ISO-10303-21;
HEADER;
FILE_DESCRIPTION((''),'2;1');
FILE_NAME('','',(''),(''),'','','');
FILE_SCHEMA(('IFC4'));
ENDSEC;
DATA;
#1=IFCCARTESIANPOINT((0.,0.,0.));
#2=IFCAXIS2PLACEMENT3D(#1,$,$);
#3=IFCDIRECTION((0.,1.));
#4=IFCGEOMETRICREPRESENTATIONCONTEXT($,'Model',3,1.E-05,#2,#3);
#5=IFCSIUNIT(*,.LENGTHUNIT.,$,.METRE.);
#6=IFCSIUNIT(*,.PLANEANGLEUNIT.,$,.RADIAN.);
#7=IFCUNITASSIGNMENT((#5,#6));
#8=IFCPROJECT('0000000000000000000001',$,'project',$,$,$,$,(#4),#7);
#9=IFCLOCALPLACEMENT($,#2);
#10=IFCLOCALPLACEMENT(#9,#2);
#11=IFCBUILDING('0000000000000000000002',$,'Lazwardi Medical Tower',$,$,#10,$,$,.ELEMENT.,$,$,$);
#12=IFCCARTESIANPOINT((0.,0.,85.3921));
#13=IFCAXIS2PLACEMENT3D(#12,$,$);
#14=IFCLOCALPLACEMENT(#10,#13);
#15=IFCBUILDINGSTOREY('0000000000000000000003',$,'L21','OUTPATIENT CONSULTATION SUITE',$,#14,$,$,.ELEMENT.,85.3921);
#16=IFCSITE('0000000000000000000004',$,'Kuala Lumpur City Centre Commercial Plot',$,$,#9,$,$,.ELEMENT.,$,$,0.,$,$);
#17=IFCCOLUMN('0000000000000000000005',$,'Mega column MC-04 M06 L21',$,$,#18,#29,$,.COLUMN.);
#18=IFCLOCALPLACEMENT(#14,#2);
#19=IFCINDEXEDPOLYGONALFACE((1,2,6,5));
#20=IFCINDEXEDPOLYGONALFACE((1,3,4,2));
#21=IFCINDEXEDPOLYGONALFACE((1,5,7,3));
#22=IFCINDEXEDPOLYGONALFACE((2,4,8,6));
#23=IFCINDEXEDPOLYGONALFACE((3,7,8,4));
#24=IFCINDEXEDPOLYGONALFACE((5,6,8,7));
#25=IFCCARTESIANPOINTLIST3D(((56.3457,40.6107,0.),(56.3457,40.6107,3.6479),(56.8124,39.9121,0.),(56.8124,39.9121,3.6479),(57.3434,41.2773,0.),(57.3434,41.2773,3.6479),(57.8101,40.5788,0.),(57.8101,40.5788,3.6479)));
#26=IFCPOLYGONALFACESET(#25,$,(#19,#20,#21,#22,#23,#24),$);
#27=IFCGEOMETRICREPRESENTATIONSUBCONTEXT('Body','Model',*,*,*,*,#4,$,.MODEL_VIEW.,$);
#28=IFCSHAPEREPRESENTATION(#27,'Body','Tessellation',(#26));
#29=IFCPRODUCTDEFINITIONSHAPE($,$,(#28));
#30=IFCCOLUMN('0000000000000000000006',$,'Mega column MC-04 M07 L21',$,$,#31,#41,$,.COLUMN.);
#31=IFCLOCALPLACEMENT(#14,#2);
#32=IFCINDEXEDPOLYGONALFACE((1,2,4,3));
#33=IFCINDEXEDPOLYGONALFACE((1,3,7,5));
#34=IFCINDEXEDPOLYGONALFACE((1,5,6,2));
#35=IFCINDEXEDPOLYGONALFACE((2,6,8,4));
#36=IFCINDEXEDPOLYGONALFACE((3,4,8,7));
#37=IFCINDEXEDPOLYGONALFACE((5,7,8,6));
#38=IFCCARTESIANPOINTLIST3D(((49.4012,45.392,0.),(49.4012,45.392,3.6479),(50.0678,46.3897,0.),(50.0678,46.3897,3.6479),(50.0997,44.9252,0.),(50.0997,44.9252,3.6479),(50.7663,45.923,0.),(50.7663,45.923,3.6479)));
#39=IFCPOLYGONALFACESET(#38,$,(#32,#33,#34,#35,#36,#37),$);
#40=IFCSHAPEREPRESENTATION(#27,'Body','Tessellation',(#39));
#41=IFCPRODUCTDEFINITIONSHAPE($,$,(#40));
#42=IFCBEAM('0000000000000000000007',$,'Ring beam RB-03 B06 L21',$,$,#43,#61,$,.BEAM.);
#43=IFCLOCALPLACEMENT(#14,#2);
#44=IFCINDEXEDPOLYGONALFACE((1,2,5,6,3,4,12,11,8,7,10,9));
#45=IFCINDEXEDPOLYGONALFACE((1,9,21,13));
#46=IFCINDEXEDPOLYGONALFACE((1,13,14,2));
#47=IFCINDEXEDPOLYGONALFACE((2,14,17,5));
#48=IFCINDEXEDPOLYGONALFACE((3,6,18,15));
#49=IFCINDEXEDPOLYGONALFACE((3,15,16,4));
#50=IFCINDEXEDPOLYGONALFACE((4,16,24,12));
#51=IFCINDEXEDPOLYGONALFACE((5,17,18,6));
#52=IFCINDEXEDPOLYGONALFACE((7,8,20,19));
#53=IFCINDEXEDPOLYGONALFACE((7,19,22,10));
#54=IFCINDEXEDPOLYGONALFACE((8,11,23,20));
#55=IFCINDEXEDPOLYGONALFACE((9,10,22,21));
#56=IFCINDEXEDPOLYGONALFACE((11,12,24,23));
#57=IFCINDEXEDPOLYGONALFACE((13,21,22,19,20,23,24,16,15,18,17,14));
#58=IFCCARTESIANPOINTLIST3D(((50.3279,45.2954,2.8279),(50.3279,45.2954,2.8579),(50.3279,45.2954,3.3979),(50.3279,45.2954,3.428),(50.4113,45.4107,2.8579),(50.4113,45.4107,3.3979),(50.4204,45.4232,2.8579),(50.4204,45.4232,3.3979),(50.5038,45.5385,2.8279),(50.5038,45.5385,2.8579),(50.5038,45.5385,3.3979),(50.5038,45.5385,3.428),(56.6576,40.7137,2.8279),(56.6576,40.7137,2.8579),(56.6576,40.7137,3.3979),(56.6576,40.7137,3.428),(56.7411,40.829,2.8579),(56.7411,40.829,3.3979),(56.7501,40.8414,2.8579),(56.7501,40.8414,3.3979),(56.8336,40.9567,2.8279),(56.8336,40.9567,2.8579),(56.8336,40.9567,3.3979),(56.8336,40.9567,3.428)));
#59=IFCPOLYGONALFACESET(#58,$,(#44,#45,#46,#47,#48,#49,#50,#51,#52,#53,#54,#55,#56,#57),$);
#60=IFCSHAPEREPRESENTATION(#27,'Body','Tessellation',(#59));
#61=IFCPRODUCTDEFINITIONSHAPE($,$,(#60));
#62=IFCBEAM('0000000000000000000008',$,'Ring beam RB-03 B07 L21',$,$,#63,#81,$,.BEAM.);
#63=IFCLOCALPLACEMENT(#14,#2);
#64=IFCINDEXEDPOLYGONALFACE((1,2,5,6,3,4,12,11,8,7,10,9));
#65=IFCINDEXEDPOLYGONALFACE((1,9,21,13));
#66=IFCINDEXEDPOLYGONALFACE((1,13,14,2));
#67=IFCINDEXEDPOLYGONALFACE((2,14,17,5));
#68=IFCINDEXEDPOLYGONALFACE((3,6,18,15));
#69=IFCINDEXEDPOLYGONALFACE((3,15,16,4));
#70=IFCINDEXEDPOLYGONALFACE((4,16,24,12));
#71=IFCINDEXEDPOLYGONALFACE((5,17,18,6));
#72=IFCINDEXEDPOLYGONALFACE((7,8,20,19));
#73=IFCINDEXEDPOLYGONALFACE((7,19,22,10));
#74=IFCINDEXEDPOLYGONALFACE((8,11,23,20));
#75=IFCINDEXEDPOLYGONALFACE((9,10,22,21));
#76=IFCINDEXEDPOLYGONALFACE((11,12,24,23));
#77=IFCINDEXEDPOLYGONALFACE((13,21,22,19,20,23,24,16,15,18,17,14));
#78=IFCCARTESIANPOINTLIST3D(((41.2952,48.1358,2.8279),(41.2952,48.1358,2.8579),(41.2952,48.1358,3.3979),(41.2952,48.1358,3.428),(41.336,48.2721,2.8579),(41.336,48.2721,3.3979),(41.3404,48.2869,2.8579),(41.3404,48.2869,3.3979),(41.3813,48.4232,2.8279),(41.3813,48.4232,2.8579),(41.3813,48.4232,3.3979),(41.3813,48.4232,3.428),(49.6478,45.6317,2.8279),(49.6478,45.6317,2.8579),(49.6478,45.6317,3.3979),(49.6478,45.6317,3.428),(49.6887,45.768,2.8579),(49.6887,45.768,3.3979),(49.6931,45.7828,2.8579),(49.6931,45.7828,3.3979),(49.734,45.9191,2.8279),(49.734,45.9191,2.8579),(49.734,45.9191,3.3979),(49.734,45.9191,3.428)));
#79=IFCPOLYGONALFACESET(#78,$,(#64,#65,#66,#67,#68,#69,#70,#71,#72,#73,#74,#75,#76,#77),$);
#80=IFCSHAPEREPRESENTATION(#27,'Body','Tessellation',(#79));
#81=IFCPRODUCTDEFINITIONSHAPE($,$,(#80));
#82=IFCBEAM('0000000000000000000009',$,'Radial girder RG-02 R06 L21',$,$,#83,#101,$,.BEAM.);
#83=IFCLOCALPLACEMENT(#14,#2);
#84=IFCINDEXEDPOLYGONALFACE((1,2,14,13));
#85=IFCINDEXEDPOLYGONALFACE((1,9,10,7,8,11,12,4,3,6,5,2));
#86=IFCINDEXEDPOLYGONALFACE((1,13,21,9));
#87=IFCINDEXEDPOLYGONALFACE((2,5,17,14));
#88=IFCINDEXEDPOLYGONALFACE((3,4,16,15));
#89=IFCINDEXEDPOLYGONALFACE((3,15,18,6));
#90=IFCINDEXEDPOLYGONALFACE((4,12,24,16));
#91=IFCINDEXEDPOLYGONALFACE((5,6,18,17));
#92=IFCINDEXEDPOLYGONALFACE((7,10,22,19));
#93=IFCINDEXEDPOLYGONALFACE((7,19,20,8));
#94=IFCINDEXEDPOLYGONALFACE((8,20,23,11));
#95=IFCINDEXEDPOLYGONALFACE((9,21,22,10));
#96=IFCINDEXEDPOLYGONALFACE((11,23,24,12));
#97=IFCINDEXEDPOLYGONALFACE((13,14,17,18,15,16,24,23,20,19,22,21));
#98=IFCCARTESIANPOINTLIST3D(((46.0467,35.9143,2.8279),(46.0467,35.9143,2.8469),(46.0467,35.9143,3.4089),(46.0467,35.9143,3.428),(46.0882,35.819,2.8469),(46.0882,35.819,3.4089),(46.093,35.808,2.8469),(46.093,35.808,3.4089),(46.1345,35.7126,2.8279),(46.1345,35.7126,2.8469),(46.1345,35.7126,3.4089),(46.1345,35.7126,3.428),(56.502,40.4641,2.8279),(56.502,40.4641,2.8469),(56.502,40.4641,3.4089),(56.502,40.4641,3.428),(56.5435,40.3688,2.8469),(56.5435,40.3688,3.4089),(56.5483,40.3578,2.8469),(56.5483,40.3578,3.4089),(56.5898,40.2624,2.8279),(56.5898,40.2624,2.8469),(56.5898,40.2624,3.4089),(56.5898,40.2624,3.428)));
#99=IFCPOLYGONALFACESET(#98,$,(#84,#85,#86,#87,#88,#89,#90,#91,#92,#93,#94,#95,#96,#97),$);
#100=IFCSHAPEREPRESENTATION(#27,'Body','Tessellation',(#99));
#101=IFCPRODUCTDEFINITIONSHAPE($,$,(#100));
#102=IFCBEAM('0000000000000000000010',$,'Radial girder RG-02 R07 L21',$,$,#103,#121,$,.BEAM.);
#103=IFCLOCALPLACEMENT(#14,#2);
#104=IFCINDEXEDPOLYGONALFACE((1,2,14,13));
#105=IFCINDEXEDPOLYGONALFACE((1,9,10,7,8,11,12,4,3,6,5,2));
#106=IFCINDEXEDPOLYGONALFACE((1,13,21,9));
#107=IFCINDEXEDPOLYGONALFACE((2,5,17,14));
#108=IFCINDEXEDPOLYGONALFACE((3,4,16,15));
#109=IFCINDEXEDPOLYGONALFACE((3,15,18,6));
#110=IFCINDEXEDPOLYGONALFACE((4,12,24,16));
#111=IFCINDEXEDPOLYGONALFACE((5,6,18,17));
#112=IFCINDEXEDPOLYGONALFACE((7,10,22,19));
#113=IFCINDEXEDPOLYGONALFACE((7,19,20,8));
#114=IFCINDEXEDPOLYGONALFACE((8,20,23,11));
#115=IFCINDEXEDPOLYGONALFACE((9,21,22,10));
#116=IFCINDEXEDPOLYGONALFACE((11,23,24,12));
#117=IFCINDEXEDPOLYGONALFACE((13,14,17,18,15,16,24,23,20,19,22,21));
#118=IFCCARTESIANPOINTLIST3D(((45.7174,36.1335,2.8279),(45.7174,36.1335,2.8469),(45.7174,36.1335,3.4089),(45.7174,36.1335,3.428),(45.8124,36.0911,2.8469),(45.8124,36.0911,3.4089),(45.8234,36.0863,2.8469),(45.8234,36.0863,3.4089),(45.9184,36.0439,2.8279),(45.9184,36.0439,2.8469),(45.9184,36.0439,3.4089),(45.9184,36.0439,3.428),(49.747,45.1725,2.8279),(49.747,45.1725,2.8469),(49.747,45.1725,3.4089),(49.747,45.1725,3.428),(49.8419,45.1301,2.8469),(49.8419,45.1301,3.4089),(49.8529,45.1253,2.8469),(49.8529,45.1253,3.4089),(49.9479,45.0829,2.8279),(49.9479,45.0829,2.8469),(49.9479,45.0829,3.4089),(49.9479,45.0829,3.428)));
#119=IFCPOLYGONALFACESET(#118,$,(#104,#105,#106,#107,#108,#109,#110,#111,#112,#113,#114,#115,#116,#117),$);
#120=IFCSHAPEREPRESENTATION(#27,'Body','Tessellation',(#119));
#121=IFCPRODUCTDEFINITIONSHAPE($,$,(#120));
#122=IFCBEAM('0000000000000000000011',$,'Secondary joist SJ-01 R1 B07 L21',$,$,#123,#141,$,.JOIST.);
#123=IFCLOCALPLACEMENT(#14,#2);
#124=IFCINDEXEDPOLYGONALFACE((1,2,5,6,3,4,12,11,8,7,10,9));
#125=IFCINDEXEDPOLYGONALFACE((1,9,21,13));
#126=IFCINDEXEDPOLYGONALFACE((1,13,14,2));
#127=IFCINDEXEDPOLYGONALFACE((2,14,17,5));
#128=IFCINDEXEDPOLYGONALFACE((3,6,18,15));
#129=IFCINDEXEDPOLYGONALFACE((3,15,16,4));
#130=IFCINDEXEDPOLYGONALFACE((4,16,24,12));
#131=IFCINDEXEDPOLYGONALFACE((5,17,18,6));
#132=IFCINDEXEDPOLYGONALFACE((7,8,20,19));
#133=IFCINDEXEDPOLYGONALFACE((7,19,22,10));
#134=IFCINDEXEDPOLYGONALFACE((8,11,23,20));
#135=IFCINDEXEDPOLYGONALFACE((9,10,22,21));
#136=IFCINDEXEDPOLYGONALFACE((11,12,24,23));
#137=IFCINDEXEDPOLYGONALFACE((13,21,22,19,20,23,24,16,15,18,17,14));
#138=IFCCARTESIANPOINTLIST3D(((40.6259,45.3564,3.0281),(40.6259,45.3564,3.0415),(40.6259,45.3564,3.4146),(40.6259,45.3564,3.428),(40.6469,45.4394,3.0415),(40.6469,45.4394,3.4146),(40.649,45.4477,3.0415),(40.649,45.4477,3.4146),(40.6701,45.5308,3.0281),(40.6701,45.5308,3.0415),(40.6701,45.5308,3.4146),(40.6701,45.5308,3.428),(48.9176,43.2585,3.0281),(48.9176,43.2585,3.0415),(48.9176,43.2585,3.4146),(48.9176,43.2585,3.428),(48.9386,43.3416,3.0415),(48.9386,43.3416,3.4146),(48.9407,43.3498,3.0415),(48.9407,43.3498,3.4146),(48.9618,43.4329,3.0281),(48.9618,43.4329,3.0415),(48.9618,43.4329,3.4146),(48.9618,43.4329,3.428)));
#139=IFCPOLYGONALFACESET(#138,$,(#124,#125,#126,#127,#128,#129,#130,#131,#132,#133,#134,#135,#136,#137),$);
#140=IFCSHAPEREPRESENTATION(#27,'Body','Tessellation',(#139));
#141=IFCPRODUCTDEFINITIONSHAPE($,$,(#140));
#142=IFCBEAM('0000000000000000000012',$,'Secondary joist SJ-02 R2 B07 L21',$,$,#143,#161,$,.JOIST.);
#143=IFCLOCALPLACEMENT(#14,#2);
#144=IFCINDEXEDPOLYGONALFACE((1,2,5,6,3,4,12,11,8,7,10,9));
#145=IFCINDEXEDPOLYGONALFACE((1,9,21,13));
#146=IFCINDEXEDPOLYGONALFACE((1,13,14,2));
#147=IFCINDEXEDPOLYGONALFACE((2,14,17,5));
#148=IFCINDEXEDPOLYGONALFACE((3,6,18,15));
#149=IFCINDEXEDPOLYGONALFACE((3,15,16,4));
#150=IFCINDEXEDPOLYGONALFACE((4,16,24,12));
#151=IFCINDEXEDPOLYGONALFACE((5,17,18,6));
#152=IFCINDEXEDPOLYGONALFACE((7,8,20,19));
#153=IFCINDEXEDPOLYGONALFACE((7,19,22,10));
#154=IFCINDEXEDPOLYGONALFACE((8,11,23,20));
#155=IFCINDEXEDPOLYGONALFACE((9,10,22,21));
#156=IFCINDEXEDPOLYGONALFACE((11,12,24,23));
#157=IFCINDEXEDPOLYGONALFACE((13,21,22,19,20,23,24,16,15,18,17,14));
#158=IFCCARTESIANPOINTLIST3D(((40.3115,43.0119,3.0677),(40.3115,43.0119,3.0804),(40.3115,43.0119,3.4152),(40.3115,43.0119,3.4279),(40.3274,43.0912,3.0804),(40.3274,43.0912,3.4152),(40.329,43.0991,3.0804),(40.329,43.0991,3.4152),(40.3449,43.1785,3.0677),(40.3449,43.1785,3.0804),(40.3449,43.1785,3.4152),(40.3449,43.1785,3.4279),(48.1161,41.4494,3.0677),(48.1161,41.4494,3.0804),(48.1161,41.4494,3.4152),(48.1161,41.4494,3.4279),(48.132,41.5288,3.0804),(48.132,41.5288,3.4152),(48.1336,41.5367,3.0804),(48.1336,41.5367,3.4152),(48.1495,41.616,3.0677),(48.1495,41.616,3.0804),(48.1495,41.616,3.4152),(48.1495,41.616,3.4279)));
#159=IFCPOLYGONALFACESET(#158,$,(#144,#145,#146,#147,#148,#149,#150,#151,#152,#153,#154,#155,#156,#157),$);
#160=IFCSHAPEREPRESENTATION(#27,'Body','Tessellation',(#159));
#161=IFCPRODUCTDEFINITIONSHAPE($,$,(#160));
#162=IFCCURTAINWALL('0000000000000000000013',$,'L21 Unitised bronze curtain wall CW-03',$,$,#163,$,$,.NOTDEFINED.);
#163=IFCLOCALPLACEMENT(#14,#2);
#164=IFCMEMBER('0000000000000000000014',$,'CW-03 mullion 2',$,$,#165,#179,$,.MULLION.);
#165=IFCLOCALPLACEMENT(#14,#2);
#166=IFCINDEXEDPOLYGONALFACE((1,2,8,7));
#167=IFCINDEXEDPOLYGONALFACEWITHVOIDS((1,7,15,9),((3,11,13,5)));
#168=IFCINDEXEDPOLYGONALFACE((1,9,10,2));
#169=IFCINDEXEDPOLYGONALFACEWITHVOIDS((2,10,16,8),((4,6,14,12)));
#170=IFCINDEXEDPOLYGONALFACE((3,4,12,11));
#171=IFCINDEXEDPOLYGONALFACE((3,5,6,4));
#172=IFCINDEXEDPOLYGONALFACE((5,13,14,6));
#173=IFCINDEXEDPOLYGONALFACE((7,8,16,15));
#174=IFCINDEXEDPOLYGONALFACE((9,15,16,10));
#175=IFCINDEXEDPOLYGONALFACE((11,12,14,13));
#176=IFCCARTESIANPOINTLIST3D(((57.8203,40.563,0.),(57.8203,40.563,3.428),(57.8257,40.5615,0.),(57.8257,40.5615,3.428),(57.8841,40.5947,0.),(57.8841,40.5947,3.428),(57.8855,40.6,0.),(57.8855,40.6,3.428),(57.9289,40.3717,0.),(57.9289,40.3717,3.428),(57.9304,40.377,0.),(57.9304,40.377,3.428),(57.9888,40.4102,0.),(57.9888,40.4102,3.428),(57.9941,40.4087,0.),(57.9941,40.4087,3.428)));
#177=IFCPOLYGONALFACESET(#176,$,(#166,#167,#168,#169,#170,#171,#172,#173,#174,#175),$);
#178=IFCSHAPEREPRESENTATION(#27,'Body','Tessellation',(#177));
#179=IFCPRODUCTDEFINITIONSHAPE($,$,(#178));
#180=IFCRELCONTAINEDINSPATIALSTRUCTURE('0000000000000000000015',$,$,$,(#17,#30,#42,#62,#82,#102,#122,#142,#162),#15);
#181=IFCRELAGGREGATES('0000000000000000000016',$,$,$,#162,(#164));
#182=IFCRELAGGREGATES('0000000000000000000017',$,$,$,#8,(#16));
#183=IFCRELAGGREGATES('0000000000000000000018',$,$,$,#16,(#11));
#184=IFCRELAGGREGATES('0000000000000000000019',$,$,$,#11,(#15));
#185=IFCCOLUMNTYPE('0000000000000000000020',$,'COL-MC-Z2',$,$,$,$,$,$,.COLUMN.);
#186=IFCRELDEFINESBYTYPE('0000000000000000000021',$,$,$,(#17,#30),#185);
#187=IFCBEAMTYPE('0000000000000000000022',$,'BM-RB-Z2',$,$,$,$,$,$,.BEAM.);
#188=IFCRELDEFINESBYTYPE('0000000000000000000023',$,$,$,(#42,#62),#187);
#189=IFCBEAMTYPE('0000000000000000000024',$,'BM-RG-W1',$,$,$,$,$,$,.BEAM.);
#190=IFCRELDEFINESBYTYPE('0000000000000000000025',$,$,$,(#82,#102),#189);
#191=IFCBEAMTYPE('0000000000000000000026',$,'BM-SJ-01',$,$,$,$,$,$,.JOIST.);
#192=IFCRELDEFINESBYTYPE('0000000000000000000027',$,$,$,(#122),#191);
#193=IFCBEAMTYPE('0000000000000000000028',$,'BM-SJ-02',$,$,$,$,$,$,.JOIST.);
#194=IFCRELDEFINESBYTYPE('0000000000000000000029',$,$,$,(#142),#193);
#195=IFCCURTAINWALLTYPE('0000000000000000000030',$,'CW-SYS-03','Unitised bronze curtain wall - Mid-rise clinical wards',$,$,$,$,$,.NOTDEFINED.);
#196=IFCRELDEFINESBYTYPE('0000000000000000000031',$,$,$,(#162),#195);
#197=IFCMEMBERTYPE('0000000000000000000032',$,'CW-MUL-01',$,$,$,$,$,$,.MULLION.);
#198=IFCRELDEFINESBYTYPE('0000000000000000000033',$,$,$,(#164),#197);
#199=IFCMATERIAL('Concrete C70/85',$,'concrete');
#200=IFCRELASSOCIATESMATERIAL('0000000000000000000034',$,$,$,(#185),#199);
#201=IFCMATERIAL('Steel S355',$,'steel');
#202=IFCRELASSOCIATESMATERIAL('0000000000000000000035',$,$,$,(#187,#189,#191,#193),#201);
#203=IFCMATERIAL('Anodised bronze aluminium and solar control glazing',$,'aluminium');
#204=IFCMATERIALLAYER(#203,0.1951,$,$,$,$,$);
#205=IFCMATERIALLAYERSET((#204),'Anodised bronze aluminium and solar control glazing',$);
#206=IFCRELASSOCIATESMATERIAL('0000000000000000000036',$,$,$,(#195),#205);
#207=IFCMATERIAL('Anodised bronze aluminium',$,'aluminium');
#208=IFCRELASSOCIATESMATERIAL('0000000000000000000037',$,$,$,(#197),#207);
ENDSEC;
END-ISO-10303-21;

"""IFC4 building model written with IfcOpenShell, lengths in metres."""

from ifc_helpers import new_model, si_unit, direction, frame, origin, origin_2d, place, context, subcontext, project, spatial, rectangle, hollow_rectangle, i_section, extrude, material, layer, layer_set, material_profile, profile_set, type_object, element, aggregate, save


model = new_model("IFC4")

# Units and contexts
model_context = context("Model", 3, precision=1e-05, world=origin(), true_north=direction((0.0, 1.0)))
body_context = subcontext(model_context, "Body", "Model", "MODEL_VIEW")
ifc_project = project(units=[si_unit("LENGTHUNIT", "METRE"), si_unit("PLANEANGLEUNIT", "RADIAN")], contexts=[model_context])

# Site, building, storey
site_placement = place(None, origin())
site = spatial("IfcSite", under=ifc_project, at=site_placement, Name="Kuala Lumpur City Centre Commercial Plot", CompositionType="ELEMENT", RefElevation=0.0)
building_placement = place(site_placement, origin())
building = spatial("IfcBuilding", under=site, at=building_placement, Name="Lazwardi Medical Tower", CompositionType="ELEMENT")
storey_placement = place(building_placement, frame((0.0, 0.0, 85.3921)))
storey = spatial("IfcBuildingStorey", under=building, at=storey_placement, Name="L21", Description="OUTPATIENT CONSULTATION SUITE", CompositionType="ELEMENT", Elevation=85.3921)

# Columns
ifc_material_1 = material(Name="Concrete C70/85", Category="concrete")
ifc_material_profile_1 = material_profile(ifc_material_1, rectangle(XDim=1.2, YDim=0.8401, at=origin_2d()), Name="CFT-RECT 1200x840")
ifc_profile_set_1 = profile_set([ifc_material_profile_1], Name="Concrete C70/85")
column_type = type_object("IfcColumnType", Name="COL-MC-Z2", PredefinedType="COLUMN", material=ifc_profile_set_1)
for number, where, z_axis, x_axis, name in (
    (1, (57.0779, 40.5947, 0.0), (0.0, 0.0, 1.0), (0.83147, 0.55557, 0.0), "Mega column MC-04 M06 L21"),
    (2, (50.0837, 45.6575, 0.0), (0.0, 0.0, 1.0), (0.55557, 0.83147, 0.0), "Mega column MC-04 M07 L21"),
):
    element("IfcColumn", number, at=place(storey_placement, frame(where, z_axis=z_axis, x_axis=x_axis)), inside=storey, type_object=column_type, Name=name, PredefinedType="COLUMN", context=body_context, shape_type="SweptSolid", body=[
        extrude(rectangle(XDim=1.2, YDim=0.8401, at=origin_2d()), origin(), (0.0, 0.0, 1.0), 3.6479),
    ])

# Beams
ifc_material_2 = material(Name="Steel S355", Category="steel")
ifc_material_profile_2 = material_profile(ifc_material_2, i_section(OverallWidth=0.3, OverallDepth=0.6001, WebThickness=0.0154, FlangeThickness=0.03, at=origin_2d()), Name="HEB 600")
ifc_profile_set_2 = profile_set([ifc_material_profile_2], Name="Steel S355")
beam_type_1 = type_object("IfcBeamType", Name="BM-RB-Z2", PredefinedType="BEAM", material=ifc_profile_set_2)
beam_1_placement = place(storey_placement, frame((56.7456, 40.8352, 3.1279), z_axis=(-0.810057, 0.586351, 0.0), x_axis=(-0.586351, -0.810057, 0.0)))
element("IfcBeam", 3, at=beam_1_placement, inside=storey, type_object=beam_type_1, Name="Ring beam RB-03 B06 L21", PredefinedType="BEAM", context=body_context, shape_type="SweptSolid", body=[
    extrude(i_section(OverallWidth=0.3, OverallDepth=0.6001, WebThickness=0.0154, FlangeThickness=0.03, at=origin_2d()), origin(), (0.0, 0.0, 1.0), 7.814),
])
beam_2_placement = place(storey_placement, frame((49.6909, 45.7754, 3.1279), z_axis=(-0.957879, 0.287171, 0.0), x_axis=(-0.287171, -0.957879, 0.0)))
element("IfcBeam", 4, at=beam_2_placement, inside=storey, type_object=beam_type_1, Name="Ring beam RB-03 B07 L21", PredefinedType="BEAM", context=body_context, shape_type="SweptSolid", body=[
    extrude(i_section(OverallWidth=0.3, OverallDepth=0.6001, WebThickness=0.0154, FlangeThickness=0.03, at=origin_2d()), origin(), (0.0, 0.0, 1.0), 8.72),
])
ifc_material_profile_3 = material_profile(ifc_material_2, i_section(OverallWidth=0.22, OverallDepth=0.6001, WebThickness=0.012, FlangeThickness=0.019, at=origin_2d()), Name="IPE 600")
ifc_profile_set_3 = profile_set([ifc_material_profile_3], Name="Steel S355")
beam_type_2 = type_object("IfcBeamType", Name="BM-RG-W1", PredefinedType="BEAM", material=ifc_profile_set_3)
beam_3_placement = place(storey_placement, frame((56.5459, 40.3633, 3.1279), z_axis=(-0.916941, -0.399022, 0.0), x_axis=(0.399022, -0.916941, 0.0)))
element("IfcBeam", 5, at=beam_3_placement, inside=storey, type_object=beam_type_2, Name="Radial girder RG-02 R06 L21", PredefinedType="BEAM", context=body_context, shape_type="SweptSolid", body=[
    extrude(i_section(OverallWidth=0.22, OverallDepth=0.6001, WebThickness=0.012, FlangeThickness=0.019, at=origin_2d()), origin(), (0.0, 0.0, 1.0), 11.4023),
])
beam_4_placement = place(storey_placement, frame((49.8474, 45.1277, 3.1279), z_axis=(-0.407166, -0.913354, 0.0), x_axis=(0.913354, -0.407166, 0.0)))
element("IfcBeam", 6, at=beam_4_placement, inside=storey, type_object=beam_type_2, Name="Radial girder RG-02 R07 L21", PredefinedType="BEAM", context=body_context, shape_type="SweptSolid", body=[
    extrude(i_section(OverallWidth=0.22, OverallDepth=0.6001, WebThickness=0.012, FlangeThickness=0.019, at=origin_2d()), origin(), (0.0, 0.0, 1.0), 9.8965),
])
ifc_material_profile_4 = material_profile(ifc_material_2, i_section(OverallWidth=0.1799, OverallDepth=0.3999, WebThickness=0.0085, FlangeThickness=0.0134, at=origin_2d()), Name="IPE 400")
ifc_profile_set_4 = profile_set([ifc_material_profile_4], Name="Steel S355")
beam_type_3 = type_object("IfcBeamType", Name="BM-SJ-01", PredefinedType="JOIST", material=ifc_profile_set_4)
beam_5_placement = place(storey_placement, frame((48.9397, 43.3457, 3.228), z_axis=(-0.969452, 0.245282, 0.0), x_axis=(-0.245282, -0.969452, 0.0)))
element("IfcBeam", 7, at=beam_5_placement, inside=storey, type_object=beam_type_3, Name="Secondary joist SJ-01 R1 B07 L21", PredefinedType="JOIST", context=body_context, shape_type="SweptSolid", body=[
    extrude(i_section(OverallWidth=0.1799, OverallDepth=0.3999, WebThickness=0.0085, FlangeThickness=0.0134, at=origin_2d()), origin(), (0.0, 0.0, 1.0), 8.553),
])
ifc_material_profile_5 = material_profile(ifc_material_2, i_section(OverallWidth=0.1699, OverallDepth=0.3601, WebThickness=0.0081, FlangeThickness=0.0127, at=origin_2d()), Name="IPE 360")
ifc_profile_set_5 = profile_set([ifc_material_profile_5], Name="Steel S355")
beam_type_4 = type_object("IfcBeamType", Name="BM-SJ-02", PredefinedType="JOIST", material=ifc_profile_set_5)
beam_6_placement = place(storey_placement, frame((48.1328, 41.5327, 3.2478), z_axis=(-0.980543, 0.196305, 0.0), x_axis=(-0.196305, -0.980543, 0.0)))
element("IfcBeam", 8, at=beam_6_placement, inside=storey, type_object=beam_type_4, Name="Secondary joist SJ-02 R2 B07 L21", PredefinedType="JOIST", context=body_context, shape_type="SweptSolid", body=[
    extrude(i_section(OverallWidth=0.1699, OverallDepth=0.3601, WebThickness=0.0081, FlangeThickness=0.0127, at=origin_2d()), origin(), (0.0, 0.0, 1.0), 7.9595),
])

# Curtain wall, member
ifc_material_3 = material(Name="Anodised bronze aluminium and solar control glazing", Category="aluminium")
ifc_layer_1 = layer(ifc_material_3, 0.1951)
ifc_layer_set_1 = layer_set([ifc_layer_1], Name="Anodised bronze aluminium and solar control glazing")
curtain_wall_type = type_object("IfcCurtainWallType", Name="CW-SYS-03", Description="Unitised bronze curtain wall - Mid-rise clinical wards", PredefinedType="NOTDEFINED", material=ifc_layer_set_1)
curtain_wall_1_placement = place(storey_placement, origin())
curtain_wall_1 = element("IfcCurtainWall", 9, at=curtain_wall_1_placement, inside=storey, type_object=curtain_wall_type, Name="L21 Unitised bronze curtain wall CW-03", PredefinedType="NOTDEFINED")
ifc_material_4 = material(Name="Anodised bronze aluminium", Category="aluminium")
ifc_material_profile_6 = material_profile(ifc_material_4, hollow_rectangle(XDim=0.075, YDim=0.22, WallThickness=0.0039, at=origin_2d()), Name="ALU-MULLION 220x75x4")
ifc_profile_set_6 = profile_set([ifc_material_profile_6], Name="Anodised bronze aluminium")
member_type_1 = type_object("IfcMemberType", Name="CW-MUL-01", PredefinedType="MULLION", material=ifc_profile_set_6)
member_1_placement = place(storey_placement, frame((57.9072, 40.4858, 0.0), z_axis=(0.0, 0.0, 1.0), x_axis=(-0.869687, -0.493603, 0.0)))
member_1 = element("IfcMember", 10, at=member_1_placement, type_object=member_type_1, Name="CW-03 mullion 2", PredefinedType="MULLION", context=body_context, shape_type="SweptSolid", body=[
    extrude(hollow_rectangle(XDim=0.075, YDim=0.22, WallThickness=0.0039, at=origin_2d()), origin(), (0.0, 0.0, 1.0), 3.428),
])
aggregate(curtain_wall_1, [member_1])

save(model, "model.ifc")
